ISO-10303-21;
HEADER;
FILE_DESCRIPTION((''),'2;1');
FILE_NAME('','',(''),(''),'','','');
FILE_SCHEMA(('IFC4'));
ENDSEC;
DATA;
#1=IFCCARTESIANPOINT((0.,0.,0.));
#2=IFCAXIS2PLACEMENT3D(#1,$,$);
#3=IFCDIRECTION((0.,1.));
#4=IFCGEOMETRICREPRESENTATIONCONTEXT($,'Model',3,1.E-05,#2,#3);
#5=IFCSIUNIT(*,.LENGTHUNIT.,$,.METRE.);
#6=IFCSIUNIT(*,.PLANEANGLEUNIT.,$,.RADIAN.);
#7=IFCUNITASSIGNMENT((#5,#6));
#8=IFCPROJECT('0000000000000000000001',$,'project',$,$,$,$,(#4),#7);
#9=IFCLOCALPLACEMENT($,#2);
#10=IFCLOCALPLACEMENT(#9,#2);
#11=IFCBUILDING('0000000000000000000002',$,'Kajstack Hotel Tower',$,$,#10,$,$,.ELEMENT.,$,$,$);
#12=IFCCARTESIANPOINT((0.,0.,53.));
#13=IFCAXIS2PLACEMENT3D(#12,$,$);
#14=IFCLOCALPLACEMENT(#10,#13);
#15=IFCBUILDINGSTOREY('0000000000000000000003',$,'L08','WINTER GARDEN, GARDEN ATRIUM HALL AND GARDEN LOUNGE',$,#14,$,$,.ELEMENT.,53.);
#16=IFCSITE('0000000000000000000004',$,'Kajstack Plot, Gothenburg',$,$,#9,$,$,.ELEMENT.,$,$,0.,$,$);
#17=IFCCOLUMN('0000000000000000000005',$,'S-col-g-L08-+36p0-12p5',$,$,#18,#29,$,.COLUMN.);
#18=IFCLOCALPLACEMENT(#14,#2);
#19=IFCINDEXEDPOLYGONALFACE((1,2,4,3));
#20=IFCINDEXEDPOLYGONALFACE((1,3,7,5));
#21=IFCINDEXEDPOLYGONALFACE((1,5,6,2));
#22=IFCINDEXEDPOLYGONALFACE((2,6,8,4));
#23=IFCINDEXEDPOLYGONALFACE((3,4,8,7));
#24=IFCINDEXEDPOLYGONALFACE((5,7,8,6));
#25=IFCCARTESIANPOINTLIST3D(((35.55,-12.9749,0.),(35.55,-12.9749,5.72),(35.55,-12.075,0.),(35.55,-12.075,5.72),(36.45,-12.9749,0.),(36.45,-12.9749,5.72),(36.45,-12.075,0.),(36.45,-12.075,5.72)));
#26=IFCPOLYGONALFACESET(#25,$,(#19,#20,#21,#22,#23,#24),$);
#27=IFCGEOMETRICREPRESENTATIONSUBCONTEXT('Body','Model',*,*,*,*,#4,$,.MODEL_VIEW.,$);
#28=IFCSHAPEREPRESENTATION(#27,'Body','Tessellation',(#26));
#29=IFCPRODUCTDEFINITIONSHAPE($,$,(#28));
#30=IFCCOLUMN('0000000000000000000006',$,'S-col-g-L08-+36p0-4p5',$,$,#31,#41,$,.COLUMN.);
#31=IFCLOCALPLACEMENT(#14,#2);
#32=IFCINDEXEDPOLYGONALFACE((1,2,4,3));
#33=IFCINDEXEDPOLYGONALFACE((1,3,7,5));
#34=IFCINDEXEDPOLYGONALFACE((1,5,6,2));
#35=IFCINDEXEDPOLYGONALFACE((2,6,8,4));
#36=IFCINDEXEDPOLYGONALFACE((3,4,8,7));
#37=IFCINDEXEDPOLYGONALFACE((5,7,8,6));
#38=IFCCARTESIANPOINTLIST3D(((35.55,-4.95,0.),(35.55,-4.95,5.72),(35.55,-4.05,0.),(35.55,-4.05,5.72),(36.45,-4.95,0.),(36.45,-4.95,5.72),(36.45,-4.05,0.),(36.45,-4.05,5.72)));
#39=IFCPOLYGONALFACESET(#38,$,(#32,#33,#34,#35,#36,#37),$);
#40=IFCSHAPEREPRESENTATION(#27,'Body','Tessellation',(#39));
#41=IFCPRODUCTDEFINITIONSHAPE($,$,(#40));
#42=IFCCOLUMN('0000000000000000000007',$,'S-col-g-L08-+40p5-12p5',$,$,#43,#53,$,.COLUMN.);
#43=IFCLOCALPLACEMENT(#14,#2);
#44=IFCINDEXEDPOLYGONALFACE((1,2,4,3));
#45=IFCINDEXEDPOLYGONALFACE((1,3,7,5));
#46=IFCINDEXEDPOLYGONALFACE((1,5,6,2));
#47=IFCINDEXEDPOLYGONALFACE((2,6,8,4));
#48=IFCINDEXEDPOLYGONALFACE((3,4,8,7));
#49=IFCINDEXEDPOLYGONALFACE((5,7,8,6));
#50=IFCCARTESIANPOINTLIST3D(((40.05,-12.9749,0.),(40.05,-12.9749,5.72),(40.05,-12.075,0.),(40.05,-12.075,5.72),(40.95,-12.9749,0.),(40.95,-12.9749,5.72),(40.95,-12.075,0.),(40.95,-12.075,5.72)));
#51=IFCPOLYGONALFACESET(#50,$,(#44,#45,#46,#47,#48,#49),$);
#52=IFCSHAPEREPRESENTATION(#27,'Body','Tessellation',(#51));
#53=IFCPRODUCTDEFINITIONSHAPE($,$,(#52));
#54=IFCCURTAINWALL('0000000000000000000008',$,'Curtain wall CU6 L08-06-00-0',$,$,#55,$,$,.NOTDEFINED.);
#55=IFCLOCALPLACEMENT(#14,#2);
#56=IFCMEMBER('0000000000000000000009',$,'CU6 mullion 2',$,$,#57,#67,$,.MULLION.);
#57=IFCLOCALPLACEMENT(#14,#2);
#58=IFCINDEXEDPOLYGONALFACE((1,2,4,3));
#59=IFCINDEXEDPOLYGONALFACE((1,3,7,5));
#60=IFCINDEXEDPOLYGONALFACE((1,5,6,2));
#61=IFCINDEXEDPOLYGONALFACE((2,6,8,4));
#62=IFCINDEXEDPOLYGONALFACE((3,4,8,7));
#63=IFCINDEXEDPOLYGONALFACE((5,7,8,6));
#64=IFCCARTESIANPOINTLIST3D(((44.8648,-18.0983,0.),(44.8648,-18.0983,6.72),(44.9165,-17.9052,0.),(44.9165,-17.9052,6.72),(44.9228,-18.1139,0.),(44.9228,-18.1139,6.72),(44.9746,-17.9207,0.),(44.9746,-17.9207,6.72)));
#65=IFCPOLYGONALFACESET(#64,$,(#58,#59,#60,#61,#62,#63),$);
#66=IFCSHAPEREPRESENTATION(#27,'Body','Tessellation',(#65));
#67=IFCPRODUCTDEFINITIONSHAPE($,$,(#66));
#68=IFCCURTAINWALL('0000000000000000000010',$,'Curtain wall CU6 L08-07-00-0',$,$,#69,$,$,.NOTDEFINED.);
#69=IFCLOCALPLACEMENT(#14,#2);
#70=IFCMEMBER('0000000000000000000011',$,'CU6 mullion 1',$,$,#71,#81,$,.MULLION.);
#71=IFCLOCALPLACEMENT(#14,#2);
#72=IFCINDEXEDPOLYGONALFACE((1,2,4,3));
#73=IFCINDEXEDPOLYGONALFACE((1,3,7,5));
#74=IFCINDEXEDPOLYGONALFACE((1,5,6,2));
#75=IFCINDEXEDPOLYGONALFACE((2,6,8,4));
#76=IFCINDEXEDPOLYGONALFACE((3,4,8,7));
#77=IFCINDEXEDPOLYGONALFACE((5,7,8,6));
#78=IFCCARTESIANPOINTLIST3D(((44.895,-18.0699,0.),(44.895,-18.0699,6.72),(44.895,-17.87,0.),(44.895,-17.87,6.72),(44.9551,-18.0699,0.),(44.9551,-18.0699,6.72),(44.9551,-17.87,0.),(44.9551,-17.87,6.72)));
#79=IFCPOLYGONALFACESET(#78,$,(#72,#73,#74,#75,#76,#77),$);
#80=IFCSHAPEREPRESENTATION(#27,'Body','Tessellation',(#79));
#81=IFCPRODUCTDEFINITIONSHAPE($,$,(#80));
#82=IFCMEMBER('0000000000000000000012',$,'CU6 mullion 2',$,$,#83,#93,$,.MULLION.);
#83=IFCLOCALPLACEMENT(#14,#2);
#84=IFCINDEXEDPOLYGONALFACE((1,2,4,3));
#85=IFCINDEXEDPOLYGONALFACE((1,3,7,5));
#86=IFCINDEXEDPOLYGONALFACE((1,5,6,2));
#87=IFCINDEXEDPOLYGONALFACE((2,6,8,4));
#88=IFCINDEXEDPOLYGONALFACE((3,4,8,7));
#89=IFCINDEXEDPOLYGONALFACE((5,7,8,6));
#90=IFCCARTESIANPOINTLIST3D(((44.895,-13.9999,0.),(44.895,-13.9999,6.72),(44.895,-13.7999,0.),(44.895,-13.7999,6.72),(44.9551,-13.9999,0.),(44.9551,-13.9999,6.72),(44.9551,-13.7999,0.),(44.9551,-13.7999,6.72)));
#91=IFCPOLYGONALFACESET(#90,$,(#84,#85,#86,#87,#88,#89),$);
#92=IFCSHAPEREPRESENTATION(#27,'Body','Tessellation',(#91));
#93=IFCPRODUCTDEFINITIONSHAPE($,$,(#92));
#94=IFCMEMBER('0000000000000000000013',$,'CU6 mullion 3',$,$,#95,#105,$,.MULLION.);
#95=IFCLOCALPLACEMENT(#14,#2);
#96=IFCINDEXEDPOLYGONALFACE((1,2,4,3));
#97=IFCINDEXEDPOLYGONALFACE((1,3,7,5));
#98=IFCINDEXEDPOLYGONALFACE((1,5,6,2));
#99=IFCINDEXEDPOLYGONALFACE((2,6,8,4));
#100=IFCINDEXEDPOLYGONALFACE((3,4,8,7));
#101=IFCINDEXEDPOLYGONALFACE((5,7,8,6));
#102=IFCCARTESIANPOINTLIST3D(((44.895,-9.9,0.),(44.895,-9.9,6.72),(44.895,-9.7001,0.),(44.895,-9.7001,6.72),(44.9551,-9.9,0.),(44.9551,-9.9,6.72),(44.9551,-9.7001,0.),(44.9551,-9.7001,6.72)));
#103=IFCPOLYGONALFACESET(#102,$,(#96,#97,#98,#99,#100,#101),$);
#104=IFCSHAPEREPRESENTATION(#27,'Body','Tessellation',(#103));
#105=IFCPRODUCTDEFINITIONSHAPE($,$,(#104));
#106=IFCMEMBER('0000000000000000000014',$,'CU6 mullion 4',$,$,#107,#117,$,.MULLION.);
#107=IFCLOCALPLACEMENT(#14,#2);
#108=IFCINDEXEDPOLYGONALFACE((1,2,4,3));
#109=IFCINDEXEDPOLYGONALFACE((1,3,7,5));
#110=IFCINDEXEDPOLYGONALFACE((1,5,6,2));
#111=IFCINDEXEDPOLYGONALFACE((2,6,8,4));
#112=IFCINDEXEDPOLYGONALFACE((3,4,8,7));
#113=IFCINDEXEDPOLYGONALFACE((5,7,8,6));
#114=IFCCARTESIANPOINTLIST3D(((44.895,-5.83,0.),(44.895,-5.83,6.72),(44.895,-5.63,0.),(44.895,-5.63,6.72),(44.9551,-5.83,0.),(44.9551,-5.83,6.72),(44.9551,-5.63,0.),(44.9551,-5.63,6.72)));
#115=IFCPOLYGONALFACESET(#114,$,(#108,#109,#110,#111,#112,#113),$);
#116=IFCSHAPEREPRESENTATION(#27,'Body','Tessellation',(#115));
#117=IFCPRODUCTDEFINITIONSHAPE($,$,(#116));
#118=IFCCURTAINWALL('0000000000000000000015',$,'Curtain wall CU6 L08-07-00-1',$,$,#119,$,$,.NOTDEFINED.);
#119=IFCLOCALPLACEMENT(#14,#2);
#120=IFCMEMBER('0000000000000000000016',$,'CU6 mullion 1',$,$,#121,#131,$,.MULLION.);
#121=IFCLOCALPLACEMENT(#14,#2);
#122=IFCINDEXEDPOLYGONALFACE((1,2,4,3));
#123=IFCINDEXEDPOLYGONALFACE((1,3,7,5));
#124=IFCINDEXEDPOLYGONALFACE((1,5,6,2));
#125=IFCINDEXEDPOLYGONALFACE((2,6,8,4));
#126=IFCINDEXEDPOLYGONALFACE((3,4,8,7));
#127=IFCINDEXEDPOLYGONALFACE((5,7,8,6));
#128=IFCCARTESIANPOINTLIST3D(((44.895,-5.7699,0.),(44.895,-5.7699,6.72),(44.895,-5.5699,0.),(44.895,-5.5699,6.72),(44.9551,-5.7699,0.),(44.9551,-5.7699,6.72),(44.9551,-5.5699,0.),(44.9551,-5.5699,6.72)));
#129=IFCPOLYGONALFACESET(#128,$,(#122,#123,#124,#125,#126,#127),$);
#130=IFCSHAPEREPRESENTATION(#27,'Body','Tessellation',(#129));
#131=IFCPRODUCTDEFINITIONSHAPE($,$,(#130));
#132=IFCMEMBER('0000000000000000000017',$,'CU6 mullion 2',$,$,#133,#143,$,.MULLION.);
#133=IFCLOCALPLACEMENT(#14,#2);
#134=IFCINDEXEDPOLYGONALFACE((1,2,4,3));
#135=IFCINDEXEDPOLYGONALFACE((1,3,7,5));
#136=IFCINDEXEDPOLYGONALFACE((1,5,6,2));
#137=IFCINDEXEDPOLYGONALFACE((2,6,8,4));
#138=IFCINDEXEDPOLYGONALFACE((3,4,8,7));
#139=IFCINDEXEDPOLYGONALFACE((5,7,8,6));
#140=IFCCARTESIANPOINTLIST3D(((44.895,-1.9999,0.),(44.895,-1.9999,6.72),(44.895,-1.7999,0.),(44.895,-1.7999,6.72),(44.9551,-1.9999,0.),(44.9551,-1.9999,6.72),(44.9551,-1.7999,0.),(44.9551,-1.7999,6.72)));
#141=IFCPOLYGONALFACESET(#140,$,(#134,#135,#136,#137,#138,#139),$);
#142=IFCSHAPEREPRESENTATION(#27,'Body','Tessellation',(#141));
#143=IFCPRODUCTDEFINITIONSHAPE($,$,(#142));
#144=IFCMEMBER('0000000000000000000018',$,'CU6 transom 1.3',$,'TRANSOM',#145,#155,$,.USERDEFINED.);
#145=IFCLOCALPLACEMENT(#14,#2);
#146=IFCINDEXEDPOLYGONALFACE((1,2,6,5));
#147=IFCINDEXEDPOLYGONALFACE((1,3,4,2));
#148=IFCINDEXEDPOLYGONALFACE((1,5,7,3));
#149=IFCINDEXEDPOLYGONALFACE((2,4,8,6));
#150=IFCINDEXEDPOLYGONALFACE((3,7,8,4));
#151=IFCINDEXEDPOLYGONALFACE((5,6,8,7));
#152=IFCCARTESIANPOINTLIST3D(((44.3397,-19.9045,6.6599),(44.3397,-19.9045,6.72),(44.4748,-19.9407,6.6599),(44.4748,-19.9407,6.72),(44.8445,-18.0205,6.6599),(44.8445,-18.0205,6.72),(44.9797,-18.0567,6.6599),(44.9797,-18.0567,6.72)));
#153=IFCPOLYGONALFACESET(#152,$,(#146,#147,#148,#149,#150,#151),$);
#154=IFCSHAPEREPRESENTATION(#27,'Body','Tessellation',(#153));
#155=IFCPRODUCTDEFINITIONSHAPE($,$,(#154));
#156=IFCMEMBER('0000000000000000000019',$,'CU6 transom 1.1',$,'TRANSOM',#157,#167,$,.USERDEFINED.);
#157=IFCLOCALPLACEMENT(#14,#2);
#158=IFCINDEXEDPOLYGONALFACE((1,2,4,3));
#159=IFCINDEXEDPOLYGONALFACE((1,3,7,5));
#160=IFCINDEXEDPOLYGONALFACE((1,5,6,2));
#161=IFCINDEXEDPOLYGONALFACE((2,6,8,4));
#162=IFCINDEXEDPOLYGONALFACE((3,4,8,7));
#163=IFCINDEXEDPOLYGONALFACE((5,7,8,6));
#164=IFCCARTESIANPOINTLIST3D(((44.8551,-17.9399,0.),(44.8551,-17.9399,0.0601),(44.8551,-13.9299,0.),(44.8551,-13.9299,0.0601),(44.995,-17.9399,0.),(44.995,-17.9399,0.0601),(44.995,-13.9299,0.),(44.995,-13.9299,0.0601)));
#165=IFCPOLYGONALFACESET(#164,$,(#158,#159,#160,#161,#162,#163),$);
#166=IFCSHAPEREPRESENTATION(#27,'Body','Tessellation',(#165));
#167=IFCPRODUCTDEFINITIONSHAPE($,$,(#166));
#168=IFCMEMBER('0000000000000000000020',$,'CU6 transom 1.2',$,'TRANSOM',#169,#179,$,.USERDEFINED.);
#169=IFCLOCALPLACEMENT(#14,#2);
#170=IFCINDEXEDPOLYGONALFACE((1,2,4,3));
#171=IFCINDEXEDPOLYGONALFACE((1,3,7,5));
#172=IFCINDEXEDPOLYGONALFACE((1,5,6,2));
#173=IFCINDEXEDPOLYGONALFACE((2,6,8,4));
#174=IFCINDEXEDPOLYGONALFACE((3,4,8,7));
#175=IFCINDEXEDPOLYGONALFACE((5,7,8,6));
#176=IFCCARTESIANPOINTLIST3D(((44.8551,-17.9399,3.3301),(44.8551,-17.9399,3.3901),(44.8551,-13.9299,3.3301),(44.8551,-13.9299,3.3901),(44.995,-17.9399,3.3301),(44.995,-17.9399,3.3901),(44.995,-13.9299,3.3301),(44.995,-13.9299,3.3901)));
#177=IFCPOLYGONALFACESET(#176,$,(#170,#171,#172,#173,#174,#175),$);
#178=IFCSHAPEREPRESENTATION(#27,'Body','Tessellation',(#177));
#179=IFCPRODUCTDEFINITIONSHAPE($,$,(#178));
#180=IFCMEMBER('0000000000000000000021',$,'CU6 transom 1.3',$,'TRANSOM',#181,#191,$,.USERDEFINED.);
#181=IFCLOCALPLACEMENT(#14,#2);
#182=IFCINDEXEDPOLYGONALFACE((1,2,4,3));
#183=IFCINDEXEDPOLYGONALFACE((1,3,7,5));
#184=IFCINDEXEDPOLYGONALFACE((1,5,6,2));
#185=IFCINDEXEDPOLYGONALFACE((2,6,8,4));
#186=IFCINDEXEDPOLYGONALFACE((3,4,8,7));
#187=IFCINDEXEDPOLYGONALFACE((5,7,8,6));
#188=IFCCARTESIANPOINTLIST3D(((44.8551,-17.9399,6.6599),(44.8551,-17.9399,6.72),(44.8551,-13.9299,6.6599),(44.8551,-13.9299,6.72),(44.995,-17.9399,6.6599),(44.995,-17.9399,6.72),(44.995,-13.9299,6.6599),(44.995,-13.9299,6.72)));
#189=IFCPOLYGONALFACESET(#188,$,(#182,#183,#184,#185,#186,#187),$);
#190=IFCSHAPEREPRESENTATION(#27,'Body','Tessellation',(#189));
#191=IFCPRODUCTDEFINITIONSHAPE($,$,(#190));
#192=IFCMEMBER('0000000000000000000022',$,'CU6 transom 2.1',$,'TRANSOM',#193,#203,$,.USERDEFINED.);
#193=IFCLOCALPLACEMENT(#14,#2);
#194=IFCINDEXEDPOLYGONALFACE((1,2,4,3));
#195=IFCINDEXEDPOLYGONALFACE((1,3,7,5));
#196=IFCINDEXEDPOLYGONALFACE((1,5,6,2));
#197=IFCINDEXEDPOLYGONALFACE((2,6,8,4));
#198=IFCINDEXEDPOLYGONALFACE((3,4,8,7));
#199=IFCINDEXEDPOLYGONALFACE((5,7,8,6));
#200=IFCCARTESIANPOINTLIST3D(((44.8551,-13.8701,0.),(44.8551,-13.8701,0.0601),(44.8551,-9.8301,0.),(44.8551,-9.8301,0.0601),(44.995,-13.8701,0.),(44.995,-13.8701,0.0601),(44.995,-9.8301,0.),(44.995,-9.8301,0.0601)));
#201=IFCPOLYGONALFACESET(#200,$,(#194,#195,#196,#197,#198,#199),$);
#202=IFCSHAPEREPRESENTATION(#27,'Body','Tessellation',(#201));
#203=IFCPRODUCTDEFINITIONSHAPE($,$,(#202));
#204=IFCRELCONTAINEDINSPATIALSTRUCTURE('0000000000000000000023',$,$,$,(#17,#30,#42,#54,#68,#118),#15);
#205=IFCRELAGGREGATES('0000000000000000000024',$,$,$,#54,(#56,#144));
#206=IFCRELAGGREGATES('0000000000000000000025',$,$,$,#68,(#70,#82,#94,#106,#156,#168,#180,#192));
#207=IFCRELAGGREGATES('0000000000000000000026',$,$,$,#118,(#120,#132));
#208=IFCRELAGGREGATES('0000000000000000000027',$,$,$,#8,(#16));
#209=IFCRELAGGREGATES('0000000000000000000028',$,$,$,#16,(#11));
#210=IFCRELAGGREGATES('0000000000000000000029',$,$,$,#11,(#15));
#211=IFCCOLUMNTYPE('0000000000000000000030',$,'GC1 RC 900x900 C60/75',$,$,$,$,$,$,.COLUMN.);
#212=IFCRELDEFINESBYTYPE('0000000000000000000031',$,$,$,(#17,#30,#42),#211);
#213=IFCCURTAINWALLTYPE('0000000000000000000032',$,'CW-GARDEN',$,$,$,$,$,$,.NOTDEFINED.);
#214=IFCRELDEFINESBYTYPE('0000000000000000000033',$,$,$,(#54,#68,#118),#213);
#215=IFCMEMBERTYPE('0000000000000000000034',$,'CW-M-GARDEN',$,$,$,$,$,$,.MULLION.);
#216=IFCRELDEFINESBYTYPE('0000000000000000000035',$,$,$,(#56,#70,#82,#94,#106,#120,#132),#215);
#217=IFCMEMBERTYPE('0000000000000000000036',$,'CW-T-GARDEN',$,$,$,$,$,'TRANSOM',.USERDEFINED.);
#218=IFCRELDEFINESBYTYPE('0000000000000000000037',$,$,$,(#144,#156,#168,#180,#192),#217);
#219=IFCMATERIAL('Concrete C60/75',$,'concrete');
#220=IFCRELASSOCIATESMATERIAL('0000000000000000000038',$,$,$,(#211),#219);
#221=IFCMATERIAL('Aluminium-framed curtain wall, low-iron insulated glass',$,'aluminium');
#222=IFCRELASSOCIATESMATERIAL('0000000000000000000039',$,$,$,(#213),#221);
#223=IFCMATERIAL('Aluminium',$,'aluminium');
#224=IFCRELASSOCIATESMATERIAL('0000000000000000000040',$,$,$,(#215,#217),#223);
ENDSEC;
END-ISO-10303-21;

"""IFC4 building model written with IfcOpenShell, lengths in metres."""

from ifc_helpers import new_model, si_unit, direction, frame, origin, origin_2d, place, context, subcontext, project, spatial, rectangle, extrude, material, material_profile, profile_set, type_object, element, aggregate, save


model = new_model("IFC4")

# Units and contexts
model_context = context("Model", 3, precision=1e-05, world=origin(), true_north=direction((0.0, 1.0)))
body_context = subcontext(model_context, "Body", "Model", "MODEL_VIEW")
ifc_project = project(units=[si_unit("LENGTHUNIT", "METRE"), si_unit("PLANEANGLEUNIT", "RADIAN")], contexts=[model_context])

# Site, building, storey
site_placement = place(None, origin())
site = spatial("IfcSite", under=ifc_project, at=site_placement, Name="Kajstack Plot, Gothenburg", CompositionType="ELEMENT", RefElevation=0.0)
building_placement = place(site_placement, origin())
building = spatial("IfcBuilding", under=site, at=building_placement, Name="Kajstack Hotel Tower", CompositionType="ELEMENT")
storey_placement = place(building_placement, frame((0.0, 0.0, 53.0)))
storey = spatial("IfcBuildingStorey", under=building, at=storey_placement, Name="L08", Description="WINTER GARDEN, GARDEN ATRIUM HALL AND GARDEN LOUNGE", CompositionType="ELEMENT", Elevation=53.0)

# Columns
ifc_material_1 = material(Name="Concrete C60/75", Category="concrete")
ifc_material_profile_1 = material_profile(ifc_material_1, rectangle(XDim=0.8999, YDim=0.8999, at=origin_2d()), Name="RC 900x900")
ifc_profile_set_1 = profile_set([ifc_material_profile_1], Name="Concrete C60/75")
column_type = type_object("IfcColumnType", Name="GC1 RC 900x900 C60/75", PredefinedType="COLUMN", material=ifc_profile_set_1)
for number, where, z_axis, x_axis, name in (
    (1, (36.0, -12.5249, 0.0), (0.0, 0.0, 1.0), (1.0, 0.0, 0.0), "S-col-g-L08-+36p0-12p5"),
    (2, (36.0, -4.5, 0.0), (0.0, 0.0, 1.0), (1.0, 0.0, 0.0), "S-col-g-L08-+36p0-4p5"),
    (3, (40.5, -12.5249, 0.0), (0.0, 0.0, 1.0), (1.0, 0.0, 0.0), "S-col-g-L08-+40p5-12p5"),
):
    element("IfcColumn", number, at=place(storey_placement, frame(where, z_axis=z_axis, x_axis=x_axis)), inside=storey, type_object=column_type, Name=name, PredefinedType="COLUMN", context=body_context, shape_type="SweptSolid", body=[
        extrude(rectangle(XDim=0.8999, YDim=0.8999, at=origin_2d()), origin(), (0.0, 0.0, 1.0), 5.72),
    ])

# Curtain wall, member
ifc_material_2 = material(Name="Aluminium-framed curtain wall, low-iron insulated glass", Category="aluminium")
curtain_wall_type = type_object("IfcCurtainWallType", Name="CW-GARDEN", PredefinedType="NOTDEFINED", material=ifc_material_2)
curtain_wall_1_placement = place(storey_placement, origin())
curtain_wall_1 = element("IfcCurtainWall", 4, at=curtain_wall_1_placement, inside=storey, type_object=curtain_wall_type, Name="Curtain wall CU6 L08-06-00-0", PredefinedType="NOTDEFINED")
ifc_material_3 = material(Name="Aluminium", Category="aluminium")
ifc_material_profile_2 = material_profile(ifc_material_3, rectangle(XDim=0.0601, YDim=0.2, at=origin_2d()), Name="Aluminium mullion 60 x 200")
ifc_profile_set_2 = profile_set([ifc_material_profile_2], Name="Aluminium")
member_type_1 = type_object("IfcMemberType", Name="CW-M-GARDEN", PredefinedType="MULLION", material=ifc_profile_set_2)
member_1_placement = place(storey_placement, frame((44.9197, -18.0095, 0.0), z_axis=(0.0, 0.0, 1.0), x_axis=(-0.965926, 0.25882, 0.0)))
member_1 = element("IfcMember", 5, at=member_1_placement, type_object=member_type_1, Name="CU6 mullion 2", PredefinedType="MULLION", context=body_context, shape_type="SweptSolid", body=[
    extrude(rectangle(XDim=0.0601, YDim=0.2, at=origin_2d()), origin(), (0.0, 0.0, 1.0), 6.72),
])

# Curtain walls, members
curtain_wall_2_placement = place(storey_placement, origin())
curtain_wall_2 = element("IfcCurtainWall", 6, at=curtain_wall_2_placement, inside=storey, type_object=curtain_wall_type, Name="Curtain wall CU6 L08-07-00-0", PredefinedType="NOTDEFINED")
member_2_placement = place(storey_placement, frame((44.925, -17.97, 0.0), z_axis=(0.0, 0.0, 1.0), x_axis=(-1.0, 0.0, 0.0)))
member_2 = element("IfcMember", 7, at=member_2_placement, type_object=member_type_1, Name="CU6 mullion 1", PredefinedType="MULLION", context=body_context, shape_type="SweptSolid", body=[
    extrude(rectangle(XDim=0.0601, YDim=0.2, at=origin_2d()), origin(), (0.0, 0.0, 1.0), 6.72),
])
member_3_placement = place(storey_placement, frame((44.925, -13.8999, 0.0), z_axis=(0.0, 0.0, 1.0), x_axis=(-1.0, 0.0, 0.0)))
member_3 = element("IfcMember", 8, at=member_3_placement, type_object=member_type_1, Name="CU6 mullion 2", PredefinedType="MULLION", context=body_context, shape_type="SweptSolid", body=[
    extrude(rectangle(XDim=0.0601, YDim=0.2, at=origin_2d()), origin(), (0.0, 0.0, 1.0), 6.72),
])
member_4_placement = place(storey_placement, frame((44.925, -9.8, 0.0), z_axis=(0.0, 0.0, 1.0), x_axis=(-1.0, 0.0, 0.0)))
member_4 = element("IfcMember", 9, at=member_4_placement, type_object=member_type_1, Name="CU6 mullion 3", PredefinedType="MULLION", context=body_context, shape_type="SweptSolid", body=[
    extrude(rectangle(XDim=0.0601, YDim=0.2, at=origin_2d()), origin(), (0.0, 0.0, 1.0), 6.72),
])
member_5_placement = place(storey_placement, frame((44.925, -5.73, 0.0), z_axis=(0.0, 0.0, 1.0), x_axis=(-1.0, 0.0, 0.0)))
member_5 = element("IfcMember", 10, at=member_5_placement, type_object=member_type_1, Name="CU6 mullion 4", PredefinedType="MULLION", context=body_context, shape_type="SweptSolid", body=[
    extrude(rectangle(XDim=0.0601, YDim=0.2, at=origin_2d()), origin(), (0.0, 0.0, 1.0), 6.72),
])
curtain_wall_3_placement = place(storey_placement, origin())
curtain_wall_3 = element("IfcCurtainWall", 11, at=curtain_wall_3_placement, inside=storey, type_object=curtain_wall_type, Name="Curtain wall CU6 L08-07-00-1", PredefinedType="NOTDEFINED")
member_6_placement = place(storey_placement, frame((44.925, -5.6699, 0.0), z_axis=(0.0, 0.0, 1.0), x_axis=(-1.0, 0.0, 0.0)))
member_6 = element("IfcMember", 12, at=member_6_placement, type_object=member_type_1, Name="CU6 mullion 1", PredefinedType="MULLION", context=body_context, shape_type="SweptSolid", body=[
    extrude(rectangle(XDim=0.0601, YDim=0.2, at=origin_2d()), origin(), (0.0, 0.0, 1.0), 6.72),
])
member_7_placement = place(storey_placement, frame((44.925, -1.8999, 0.0), z_axis=(0.0, 0.0, 1.0), x_axis=(-1.0, 0.0, 0.0)))
member_7 = element("IfcMember", 13, at=member_7_placement, type_object=member_type_1, Name="CU6 mullion 2", PredefinedType="MULLION", context=body_context, shape_type="SweptSolid", body=[
    extrude(rectangle(XDim=0.0601, YDim=0.2, at=origin_2d()), origin(), (0.0, 0.0, 1.0), 6.72),
])

# Members
ifc_material_profile_3 = material_profile(ifc_material_3, rectangle(XDim=0.1399, YDim=0.0601, at=origin_2d()), Name="Aluminium transom 140 x 60")
ifc_profile_set_3 = profile_set([ifc_material_profile_3], Name="Aluminium")
member_type_2 = type_object("IfcMemberType", Name="CW-T-GARDEN", ElementType="TRANSOM", PredefinedType="USERDEFINED", material=ifc_profile_set_3)
member_8_placement = place(storey_placement, frame((44.4072, -19.9226, 6.6899), z_axis=(0.258847, 0.965918, 0.0), x_axis=(-0.965918, 0.258847, 0.0)))
member_8 = element("IfcMember", 14, at=member_8_placement, type_object=member_type_2, Name="CU6 transom 1.3", ObjectType="TRANSOM", PredefinedType="USERDEFINED", context=body_context, shape_type="SweptSolid", body=[
    extrude(rectangle(XDim=0.1399, YDim=0.0601, at=origin_2d()), origin(), (0.0, 0.0, 1.0), 1.9504),
])
member_9_placement = place(storey_placement, frame((44.925, -17.9399, 0.03), z_axis=(0.0, 1.0, 0.0), x_axis=(-1.0, 0.0, 0.0)))
member_9 = element("IfcMember", 15, at=member_9_placement, type_object=member_type_2, Name="CU6 transom 1.1", ObjectType="TRANSOM", PredefinedType="USERDEFINED", context=body_context, shape_type="SweptSolid", body=[
    extrude(rectangle(XDim=0.1399, YDim=0.0601, at=origin_2d()), origin(), (0.0, 0.0, 1.0), 4.01),
])
member_10_placement = place(storey_placement, frame((44.925, -17.9399, 3.3601), z_axis=(0.0, 1.0, 0.0), x_axis=(-1.0, 0.0, 0.0)))
member_10 = element("IfcMember", 16, at=member_10_placement, type_object=member_type_2, Name="CU6 transom 1.2", ObjectType="TRANSOM", PredefinedType="USERDEFINED", context=body_context, shape_type="SweptSolid", body=[
    extrude(rectangle(XDim=0.1399, YDim=0.0601, at=origin_2d()), origin(), (0.0, 0.0, 1.0), 4.01),
])
member_11_placement = place(storey_placement, frame((44.925, -17.9399, 6.6899), z_axis=(0.0, 1.0, 0.0), x_axis=(-1.0, 0.0, 0.0)))
member_11 = element("IfcMember", 17, at=member_11_placement, type_object=member_type_2, Name="CU6 transom 1.3", ObjectType="TRANSOM", PredefinedType="USERDEFINED", context=body_context, shape_type="SweptSolid", body=[
    extrude(rectangle(XDim=0.1399, YDim=0.0601, at=origin_2d()), origin(), (0.0, 0.0, 1.0), 4.01),
])
member_12_placement = place(storey_placement, frame((44.925, -13.8701, 0.03), z_axis=(0.0, 1.0, 0.0), x_axis=(-1.0, 0.0, 0.0)))
member_12 = element("IfcMember", 18, at=member_12_placement, type_object=member_type_2, Name="CU6 transom 2.1", ObjectType="TRANSOM", PredefinedType="USERDEFINED", context=body_context, shape_type="SweptSolid", body=[
    extrude(rectangle(XDim=0.1399, YDim=0.0601, at=origin_2d()), origin(), (0.0, 0.0, 1.0), 4.04),
])

aggregate(curtain_wall_1, [member_1, member_8])
aggregate(curtain_wall_2, [member_2, member_3, member_4, member_5, member_9, member_10, member_11, member_12])
aggregate(curtain_wall_3, [member_6, member_7])

save(model, "model.ifc")
